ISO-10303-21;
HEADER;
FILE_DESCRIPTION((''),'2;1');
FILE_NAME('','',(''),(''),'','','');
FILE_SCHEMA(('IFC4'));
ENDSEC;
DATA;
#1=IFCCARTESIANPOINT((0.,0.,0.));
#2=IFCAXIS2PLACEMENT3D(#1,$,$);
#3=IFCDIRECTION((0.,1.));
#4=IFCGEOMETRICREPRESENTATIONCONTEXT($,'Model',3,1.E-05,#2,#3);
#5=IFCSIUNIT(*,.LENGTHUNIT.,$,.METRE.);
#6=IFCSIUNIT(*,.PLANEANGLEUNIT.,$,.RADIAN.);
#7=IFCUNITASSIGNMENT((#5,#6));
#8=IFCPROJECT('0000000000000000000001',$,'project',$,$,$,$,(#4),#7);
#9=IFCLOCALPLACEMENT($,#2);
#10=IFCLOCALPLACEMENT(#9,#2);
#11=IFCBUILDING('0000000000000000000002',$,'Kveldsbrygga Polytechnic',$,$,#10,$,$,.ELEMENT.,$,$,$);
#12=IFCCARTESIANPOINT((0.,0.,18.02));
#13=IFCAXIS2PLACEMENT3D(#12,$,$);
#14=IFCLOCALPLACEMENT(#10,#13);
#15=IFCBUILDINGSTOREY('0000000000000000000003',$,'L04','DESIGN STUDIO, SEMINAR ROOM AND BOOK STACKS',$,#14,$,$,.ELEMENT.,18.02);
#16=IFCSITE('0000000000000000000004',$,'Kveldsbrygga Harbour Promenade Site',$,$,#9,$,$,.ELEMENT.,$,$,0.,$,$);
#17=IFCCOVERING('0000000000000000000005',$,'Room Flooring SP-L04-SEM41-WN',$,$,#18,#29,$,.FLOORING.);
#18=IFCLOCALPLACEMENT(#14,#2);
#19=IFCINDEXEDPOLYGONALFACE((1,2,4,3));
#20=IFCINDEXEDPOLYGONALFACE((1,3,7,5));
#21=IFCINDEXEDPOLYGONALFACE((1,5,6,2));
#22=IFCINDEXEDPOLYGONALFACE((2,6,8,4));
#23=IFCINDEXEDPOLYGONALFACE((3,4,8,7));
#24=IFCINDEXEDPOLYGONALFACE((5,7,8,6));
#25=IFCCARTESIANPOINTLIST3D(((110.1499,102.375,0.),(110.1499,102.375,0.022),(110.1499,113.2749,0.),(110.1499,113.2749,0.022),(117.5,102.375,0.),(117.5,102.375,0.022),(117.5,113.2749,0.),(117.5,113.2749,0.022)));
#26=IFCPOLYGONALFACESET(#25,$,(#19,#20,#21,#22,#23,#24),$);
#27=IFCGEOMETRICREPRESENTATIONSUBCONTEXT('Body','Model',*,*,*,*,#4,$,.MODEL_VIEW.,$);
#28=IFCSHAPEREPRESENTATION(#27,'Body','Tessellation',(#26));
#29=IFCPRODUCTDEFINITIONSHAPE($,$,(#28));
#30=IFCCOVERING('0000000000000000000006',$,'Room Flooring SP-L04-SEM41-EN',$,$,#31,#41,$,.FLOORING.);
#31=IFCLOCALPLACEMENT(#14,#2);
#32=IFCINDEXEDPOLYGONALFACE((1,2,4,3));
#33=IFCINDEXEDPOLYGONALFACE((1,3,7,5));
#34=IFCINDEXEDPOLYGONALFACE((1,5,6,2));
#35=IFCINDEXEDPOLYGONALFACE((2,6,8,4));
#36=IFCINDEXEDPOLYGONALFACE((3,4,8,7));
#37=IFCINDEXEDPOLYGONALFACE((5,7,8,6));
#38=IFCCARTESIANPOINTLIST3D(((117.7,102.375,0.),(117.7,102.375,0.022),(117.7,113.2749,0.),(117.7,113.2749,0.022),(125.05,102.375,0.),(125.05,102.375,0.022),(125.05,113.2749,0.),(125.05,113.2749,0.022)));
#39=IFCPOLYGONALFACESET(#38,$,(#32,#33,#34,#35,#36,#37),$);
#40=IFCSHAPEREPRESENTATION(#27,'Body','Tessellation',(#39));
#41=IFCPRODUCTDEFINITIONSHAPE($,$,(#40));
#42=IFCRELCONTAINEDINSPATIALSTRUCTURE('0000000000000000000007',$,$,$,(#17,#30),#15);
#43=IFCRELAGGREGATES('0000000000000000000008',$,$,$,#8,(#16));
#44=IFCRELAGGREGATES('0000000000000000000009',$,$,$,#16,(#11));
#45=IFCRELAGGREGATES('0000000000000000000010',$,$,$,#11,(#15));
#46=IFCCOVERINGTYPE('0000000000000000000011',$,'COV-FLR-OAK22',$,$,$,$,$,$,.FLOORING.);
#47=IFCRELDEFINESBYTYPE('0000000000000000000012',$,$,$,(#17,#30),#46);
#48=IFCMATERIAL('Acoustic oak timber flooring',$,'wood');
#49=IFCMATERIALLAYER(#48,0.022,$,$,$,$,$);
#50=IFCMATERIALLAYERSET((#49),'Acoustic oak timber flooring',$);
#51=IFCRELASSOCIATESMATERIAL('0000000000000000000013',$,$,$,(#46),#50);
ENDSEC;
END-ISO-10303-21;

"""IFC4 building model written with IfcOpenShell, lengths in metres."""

from ifc_helpers import new_model, si_unit, direction, frame, origin, origin_2d, place, context, subcontext, project, spatial, rectangle, extrude, material, layer, layer_set, type_object, element, save


model = new_model("IFC4")

# Units and contexts
model_context = context("Model", 3, precision=1e-05, world=origin(), true_north=direction((0.0, 1.0)))
body_context = subcontext(model_context, "Body", "Model", "MODEL_VIEW")
ifc_project = project(units=[si_unit("LENGTHUNIT", "METRE"), si_unit("PLANEANGLEUNIT", "RADIAN")], contexts=[model_context])

# Site, building, storey
site_placement = place(None, origin())
site = spatial("IfcSite", under=ifc_project, at=site_placement, Name="Kveldsbrygga Harbour Promenade Site", CompositionType="ELEMENT", RefElevation=0.0)
building_placement = place(site_placement, origin())
building = spatial("IfcBuilding", under=site, at=building_placement, Name="Kveldsbrygga Polytechnic", CompositionType="ELEMENT")
storey_placement = place(building_placement, frame((0.0, 0.0, 18.02)))
storey = spatial("IfcBuildingStorey", under=building, at=storey_placement, Name="L04", Description="DESIGN STUDIO, SEMINAR ROOM AND BOOK STACKS", CompositionType="ELEMENT", Elevation=18.02)

# Coverings
ifc_material_1 = material(Name="Acoustic oak timber flooring", Category="wood")
ifc_layer_1 = layer(ifc_material_1, 0.022)
ifc_layer_set_1 = layer_set([ifc_layer_1], Name="Acoustic oak timber flooring")
covering_type = type_object("IfcCoveringType", Name="COV-FLR-OAK22", PredefinedType="FLOORING", material=ifc_layer_set_1)
for number, where, z_axis, x_axis, name in (
    (1, (113.825, 107.825, 0.0), (0.0, 0.0, 1.0), (1.0, 0.0, 0.0), "Room Flooring SP-L04-SEM41-WN"),
    (2, (121.375, 107.825, 0.0), (0.0, 0.0, 1.0), (1.0, 0.0, 0.0), "Room Flooring SP-L04-SEM41-EN"),
):
    element("IfcCovering", number, at=place(storey_placement, frame(where, z_axis=z_axis, x_axis=x_axis)), inside=storey, type_object=covering_type, Name=name, PredefinedType="FLOORING", context=body_context, shape_type="SweptSolid", body=[
        extrude(rectangle(XDim=7.3501, YDim=10.8999, at=origin_2d()), origin(), (0.0, 0.0, 1.0), 0.022),
    ])

save(model, "model.ifc")
